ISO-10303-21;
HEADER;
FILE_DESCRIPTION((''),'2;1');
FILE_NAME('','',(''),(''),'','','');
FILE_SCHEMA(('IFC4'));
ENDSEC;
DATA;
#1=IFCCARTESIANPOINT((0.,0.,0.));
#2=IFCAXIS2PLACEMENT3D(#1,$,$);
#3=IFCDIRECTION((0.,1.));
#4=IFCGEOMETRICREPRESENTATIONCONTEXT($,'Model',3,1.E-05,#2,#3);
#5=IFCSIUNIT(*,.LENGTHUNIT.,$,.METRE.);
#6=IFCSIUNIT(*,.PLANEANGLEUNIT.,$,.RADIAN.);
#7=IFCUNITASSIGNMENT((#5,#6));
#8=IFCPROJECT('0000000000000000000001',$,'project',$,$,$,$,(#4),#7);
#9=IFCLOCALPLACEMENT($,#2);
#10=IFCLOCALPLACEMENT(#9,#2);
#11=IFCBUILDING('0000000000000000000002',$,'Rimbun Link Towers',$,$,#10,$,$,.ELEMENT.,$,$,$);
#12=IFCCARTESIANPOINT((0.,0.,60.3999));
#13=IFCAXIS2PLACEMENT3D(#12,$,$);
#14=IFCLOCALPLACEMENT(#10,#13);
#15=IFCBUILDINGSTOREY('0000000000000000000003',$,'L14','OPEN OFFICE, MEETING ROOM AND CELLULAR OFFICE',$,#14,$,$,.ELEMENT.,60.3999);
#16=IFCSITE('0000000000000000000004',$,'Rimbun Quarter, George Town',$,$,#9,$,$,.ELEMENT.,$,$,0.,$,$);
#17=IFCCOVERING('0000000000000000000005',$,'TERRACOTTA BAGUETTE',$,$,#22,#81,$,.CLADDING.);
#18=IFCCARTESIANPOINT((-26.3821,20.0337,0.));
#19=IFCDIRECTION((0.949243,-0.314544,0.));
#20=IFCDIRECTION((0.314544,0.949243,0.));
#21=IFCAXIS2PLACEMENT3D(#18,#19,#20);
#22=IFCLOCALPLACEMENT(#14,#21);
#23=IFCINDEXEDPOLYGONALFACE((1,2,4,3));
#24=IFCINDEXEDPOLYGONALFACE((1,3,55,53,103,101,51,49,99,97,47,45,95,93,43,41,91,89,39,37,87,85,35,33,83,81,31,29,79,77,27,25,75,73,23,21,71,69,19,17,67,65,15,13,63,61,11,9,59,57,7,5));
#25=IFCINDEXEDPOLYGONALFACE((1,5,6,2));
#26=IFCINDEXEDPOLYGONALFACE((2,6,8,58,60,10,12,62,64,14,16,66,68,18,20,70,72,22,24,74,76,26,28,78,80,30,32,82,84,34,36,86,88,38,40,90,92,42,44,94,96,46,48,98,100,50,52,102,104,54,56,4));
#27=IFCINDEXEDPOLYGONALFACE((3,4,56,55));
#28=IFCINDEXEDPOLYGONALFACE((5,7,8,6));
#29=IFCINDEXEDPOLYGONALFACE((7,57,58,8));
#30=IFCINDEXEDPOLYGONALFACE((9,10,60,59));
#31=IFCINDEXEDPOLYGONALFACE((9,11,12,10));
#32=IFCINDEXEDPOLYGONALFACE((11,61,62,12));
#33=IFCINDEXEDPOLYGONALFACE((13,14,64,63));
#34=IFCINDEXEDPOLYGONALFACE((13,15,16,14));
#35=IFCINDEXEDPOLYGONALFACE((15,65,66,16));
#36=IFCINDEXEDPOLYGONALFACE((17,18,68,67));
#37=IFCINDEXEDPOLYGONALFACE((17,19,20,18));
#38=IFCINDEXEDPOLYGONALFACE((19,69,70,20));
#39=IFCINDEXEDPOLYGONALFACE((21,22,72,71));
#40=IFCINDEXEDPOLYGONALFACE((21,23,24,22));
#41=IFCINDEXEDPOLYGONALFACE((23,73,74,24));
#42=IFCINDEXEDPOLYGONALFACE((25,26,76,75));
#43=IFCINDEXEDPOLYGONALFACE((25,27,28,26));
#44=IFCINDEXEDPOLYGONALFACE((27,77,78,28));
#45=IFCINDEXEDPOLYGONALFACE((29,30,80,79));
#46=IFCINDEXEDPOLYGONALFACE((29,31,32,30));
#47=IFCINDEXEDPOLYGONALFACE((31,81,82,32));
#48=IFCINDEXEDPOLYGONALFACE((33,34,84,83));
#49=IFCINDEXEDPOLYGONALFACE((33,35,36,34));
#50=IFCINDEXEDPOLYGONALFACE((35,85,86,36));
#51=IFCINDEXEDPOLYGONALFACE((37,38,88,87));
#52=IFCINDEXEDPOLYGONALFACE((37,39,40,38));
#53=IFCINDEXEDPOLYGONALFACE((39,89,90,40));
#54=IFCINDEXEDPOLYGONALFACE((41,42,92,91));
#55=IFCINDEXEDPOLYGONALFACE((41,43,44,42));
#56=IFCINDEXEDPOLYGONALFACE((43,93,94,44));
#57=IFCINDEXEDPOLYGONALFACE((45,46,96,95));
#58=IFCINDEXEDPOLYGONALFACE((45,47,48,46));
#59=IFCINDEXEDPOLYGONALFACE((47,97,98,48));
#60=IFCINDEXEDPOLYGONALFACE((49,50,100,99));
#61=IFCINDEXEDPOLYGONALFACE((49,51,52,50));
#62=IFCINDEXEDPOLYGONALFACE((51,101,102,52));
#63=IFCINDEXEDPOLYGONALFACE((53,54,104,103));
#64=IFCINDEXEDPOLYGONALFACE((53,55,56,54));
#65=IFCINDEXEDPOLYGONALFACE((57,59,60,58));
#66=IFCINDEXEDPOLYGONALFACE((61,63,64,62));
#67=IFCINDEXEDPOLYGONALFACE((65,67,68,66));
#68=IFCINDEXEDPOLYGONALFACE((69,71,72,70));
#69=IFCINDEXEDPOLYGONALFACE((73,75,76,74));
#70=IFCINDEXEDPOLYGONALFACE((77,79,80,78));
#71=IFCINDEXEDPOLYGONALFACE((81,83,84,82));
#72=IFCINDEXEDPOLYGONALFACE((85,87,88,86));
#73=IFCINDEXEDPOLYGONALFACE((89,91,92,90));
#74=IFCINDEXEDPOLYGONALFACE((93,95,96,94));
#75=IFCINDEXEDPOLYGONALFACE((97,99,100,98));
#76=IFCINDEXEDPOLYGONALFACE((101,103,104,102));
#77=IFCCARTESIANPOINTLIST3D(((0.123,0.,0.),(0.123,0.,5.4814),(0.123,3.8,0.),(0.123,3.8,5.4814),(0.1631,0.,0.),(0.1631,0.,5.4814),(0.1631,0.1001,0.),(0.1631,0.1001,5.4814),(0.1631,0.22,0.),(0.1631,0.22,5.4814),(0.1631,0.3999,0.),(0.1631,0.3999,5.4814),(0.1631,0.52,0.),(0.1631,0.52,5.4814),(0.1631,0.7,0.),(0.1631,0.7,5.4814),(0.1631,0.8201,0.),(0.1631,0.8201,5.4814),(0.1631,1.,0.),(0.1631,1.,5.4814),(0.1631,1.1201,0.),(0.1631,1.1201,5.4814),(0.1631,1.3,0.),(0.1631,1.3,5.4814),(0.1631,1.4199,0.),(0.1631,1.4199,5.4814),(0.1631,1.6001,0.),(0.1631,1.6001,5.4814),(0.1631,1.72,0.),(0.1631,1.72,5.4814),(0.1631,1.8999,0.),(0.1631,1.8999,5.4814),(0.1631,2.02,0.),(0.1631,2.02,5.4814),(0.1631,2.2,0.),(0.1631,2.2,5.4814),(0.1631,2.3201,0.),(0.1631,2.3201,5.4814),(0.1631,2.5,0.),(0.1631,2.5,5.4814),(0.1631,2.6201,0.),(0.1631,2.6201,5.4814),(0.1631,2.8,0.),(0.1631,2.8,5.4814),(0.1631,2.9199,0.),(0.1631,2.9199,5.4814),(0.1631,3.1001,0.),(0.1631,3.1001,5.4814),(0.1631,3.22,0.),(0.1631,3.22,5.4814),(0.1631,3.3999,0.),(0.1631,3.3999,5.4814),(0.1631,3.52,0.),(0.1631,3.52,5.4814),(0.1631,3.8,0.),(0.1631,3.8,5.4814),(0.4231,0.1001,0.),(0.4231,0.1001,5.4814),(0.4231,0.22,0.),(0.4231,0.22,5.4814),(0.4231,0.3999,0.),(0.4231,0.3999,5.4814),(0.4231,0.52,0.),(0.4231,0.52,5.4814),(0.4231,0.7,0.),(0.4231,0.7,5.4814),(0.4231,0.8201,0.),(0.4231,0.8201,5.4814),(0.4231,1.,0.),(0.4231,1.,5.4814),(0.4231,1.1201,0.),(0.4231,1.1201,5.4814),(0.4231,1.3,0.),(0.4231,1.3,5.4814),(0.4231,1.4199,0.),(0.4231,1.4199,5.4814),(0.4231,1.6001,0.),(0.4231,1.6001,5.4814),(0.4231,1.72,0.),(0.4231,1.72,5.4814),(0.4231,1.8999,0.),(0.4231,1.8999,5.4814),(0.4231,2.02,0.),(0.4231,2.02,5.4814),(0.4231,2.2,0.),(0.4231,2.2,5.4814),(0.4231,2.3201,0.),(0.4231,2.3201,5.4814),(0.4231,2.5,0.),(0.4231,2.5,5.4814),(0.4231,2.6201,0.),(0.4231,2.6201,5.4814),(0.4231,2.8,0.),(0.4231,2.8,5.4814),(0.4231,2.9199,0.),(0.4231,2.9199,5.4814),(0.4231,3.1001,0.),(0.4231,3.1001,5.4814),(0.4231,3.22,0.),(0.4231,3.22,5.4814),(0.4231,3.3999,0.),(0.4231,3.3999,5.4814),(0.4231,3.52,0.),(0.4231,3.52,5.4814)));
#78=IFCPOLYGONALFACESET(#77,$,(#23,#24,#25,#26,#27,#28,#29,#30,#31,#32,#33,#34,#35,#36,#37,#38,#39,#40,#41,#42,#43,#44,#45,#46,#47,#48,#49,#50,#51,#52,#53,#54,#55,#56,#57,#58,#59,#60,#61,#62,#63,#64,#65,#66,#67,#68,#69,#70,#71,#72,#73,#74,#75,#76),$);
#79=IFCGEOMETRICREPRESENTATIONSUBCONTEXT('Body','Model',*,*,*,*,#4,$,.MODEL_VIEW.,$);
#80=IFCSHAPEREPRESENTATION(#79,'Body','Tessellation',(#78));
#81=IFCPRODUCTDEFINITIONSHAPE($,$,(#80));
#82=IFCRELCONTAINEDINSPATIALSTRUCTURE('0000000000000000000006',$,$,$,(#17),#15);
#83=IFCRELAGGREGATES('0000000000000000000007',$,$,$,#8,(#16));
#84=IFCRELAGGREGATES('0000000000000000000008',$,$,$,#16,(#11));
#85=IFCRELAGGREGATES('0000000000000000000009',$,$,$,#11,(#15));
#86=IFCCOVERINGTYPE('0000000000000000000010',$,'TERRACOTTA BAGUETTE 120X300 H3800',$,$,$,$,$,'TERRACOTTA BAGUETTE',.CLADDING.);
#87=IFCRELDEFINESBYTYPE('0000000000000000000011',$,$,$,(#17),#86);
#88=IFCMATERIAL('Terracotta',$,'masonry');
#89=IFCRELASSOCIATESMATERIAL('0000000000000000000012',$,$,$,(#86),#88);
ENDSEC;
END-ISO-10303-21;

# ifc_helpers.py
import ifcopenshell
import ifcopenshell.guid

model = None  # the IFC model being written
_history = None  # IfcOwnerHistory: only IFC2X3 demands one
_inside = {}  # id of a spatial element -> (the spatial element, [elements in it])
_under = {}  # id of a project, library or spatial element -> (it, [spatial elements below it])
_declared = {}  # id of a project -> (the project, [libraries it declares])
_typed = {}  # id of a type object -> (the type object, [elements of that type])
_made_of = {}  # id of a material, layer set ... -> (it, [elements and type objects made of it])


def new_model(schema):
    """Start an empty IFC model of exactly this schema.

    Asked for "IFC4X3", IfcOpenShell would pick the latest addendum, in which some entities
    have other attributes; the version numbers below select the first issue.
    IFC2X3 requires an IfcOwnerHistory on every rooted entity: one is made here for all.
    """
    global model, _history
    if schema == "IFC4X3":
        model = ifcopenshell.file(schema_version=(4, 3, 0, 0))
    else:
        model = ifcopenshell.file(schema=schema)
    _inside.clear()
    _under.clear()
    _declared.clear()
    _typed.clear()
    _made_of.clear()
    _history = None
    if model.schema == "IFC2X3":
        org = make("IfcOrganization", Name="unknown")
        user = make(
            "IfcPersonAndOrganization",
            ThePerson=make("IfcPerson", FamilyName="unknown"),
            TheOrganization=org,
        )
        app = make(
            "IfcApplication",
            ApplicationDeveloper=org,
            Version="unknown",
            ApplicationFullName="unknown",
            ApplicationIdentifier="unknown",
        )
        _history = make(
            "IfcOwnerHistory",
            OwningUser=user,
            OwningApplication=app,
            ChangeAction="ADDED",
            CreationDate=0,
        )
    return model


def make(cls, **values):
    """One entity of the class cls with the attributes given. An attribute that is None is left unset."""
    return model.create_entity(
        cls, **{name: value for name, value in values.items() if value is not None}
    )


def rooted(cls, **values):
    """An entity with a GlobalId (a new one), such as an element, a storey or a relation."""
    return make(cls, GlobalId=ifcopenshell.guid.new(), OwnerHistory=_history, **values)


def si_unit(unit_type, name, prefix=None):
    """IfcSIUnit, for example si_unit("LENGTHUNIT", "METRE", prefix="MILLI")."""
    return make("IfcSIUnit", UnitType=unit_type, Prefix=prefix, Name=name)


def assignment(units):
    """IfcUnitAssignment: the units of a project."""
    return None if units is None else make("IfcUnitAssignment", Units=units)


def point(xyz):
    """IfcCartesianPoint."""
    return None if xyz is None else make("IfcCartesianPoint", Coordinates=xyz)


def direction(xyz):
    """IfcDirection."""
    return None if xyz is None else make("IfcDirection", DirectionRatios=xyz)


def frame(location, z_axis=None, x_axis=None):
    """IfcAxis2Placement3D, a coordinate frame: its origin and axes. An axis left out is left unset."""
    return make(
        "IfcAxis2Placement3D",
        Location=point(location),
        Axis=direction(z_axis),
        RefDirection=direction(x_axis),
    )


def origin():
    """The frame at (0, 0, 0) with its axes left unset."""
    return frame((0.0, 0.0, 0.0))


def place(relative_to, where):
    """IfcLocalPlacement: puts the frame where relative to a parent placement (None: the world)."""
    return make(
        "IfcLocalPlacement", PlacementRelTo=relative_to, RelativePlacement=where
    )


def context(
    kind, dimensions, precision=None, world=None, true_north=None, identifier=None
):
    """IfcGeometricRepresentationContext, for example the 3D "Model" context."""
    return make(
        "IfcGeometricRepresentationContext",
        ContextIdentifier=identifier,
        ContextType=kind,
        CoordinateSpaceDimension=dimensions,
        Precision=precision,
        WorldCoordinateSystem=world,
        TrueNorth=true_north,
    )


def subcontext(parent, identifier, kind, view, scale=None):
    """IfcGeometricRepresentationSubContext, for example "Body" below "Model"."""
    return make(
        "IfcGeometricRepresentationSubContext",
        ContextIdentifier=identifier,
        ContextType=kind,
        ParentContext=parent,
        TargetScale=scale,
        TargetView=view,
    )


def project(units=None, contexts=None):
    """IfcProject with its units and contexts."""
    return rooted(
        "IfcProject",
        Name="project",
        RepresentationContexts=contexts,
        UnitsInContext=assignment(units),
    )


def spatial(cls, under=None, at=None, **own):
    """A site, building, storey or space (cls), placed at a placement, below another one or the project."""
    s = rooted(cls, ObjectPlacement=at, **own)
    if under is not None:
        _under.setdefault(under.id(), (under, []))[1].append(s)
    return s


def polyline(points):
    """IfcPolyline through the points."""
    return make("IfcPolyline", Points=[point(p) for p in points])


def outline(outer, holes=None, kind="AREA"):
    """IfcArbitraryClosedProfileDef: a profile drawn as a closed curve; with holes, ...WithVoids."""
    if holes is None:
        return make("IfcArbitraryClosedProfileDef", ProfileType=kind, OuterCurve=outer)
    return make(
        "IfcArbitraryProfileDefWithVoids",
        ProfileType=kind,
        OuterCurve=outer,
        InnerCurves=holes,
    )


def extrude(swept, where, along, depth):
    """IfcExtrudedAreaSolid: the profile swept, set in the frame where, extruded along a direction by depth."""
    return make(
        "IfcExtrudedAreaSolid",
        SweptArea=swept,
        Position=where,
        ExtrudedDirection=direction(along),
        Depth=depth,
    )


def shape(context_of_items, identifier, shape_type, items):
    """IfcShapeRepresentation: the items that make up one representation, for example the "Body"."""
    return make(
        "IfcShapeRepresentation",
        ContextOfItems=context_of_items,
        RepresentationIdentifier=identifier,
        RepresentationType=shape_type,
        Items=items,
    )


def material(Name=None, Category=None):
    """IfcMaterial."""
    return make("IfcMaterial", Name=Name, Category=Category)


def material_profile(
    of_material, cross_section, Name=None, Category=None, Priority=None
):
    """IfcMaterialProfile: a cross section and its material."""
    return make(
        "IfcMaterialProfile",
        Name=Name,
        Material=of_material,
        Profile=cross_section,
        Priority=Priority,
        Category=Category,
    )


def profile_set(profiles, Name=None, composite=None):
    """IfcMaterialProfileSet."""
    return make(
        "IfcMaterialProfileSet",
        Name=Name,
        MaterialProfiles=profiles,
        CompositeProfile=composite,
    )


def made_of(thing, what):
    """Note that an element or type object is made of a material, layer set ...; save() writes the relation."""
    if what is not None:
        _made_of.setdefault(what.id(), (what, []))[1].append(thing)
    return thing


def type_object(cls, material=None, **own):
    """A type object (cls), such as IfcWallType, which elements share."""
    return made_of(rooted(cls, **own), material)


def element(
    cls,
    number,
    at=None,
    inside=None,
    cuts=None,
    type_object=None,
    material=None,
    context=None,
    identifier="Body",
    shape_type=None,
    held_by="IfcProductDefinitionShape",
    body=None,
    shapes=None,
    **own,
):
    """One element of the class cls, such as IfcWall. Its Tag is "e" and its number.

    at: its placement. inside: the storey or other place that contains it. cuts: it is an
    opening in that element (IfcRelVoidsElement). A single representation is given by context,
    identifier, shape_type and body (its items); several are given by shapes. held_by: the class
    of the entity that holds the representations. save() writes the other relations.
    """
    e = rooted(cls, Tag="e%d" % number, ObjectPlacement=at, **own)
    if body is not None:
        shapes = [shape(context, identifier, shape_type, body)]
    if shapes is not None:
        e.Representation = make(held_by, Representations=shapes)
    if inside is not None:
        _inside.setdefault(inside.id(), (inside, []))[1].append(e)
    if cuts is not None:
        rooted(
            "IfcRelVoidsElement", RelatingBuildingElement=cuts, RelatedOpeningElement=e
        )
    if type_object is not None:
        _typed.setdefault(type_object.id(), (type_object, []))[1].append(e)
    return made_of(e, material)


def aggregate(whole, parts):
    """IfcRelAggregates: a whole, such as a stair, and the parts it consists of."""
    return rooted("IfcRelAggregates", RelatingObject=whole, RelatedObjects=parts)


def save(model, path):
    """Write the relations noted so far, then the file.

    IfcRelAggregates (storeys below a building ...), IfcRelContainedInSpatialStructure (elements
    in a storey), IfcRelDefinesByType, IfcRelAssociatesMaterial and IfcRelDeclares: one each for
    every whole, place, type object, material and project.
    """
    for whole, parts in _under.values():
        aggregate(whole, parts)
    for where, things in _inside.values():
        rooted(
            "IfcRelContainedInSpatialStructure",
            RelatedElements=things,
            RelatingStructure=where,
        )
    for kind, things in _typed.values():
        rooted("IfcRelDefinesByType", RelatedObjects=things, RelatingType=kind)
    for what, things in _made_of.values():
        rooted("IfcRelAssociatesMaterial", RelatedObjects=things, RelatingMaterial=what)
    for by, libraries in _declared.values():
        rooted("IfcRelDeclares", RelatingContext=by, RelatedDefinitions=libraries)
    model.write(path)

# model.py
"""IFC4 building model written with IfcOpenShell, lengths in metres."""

from ifc_helpers import new_model, si_unit, direction, frame, origin, place, context, subcontext, project, spatial, polyline, outline, extrude, material, material_profile, profile_set, type_object, element, save


model = new_model("IFC4")

# Units and contexts
model_context = context("Model", 3, precision=1e-05, world=origin(), true_north=direction((0.0, 1.0)))
body_context = subcontext(model_context, "Body", "Model", "MODEL_VIEW")
ifc_project = project(units=[si_unit("LENGTHUNIT", "METRE"), si_unit("PLANEANGLEUNIT", "RADIAN")], contexts=[model_context])

# Site, building, storey
site_placement = place(None, origin())
site = spatial("IfcSite", under=ifc_project, at=site_placement, Name="Rimbun Quarter, George Town", CompositionType="ELEMENT", RefElevation=0.0)
building_placement = place(site_placement, origin())
building = spatial("IfcBuilding", under=site, at=building_placement, Name="Rimbun Link Towers", CompositionType="ELEMENT")
storey_placement = place(building_placement, frame((0.0, 0.0, 60.3999)))
storey = spatial("IfcBuildingStorey", under=building, at=storey_placement, Name="L14", Description="OPEN OFFICE, MEETING ROOM AND CELLULAR OFFICE", CompositionType="ELEMENT", Elevation=60.3999)

# Covering
ifc_material_1 = material(Name="Terracotta", Category="masonry")
ifc_material_profile_1 = material_profile(ifc_material_1, outline(polyline([(0.123, 0.0), (0.1631, 0.0), (0.1631, 0.1001), (0.4231, 0.1001), (0.4231, 0.22), (0.1631, 0.22), (0.1631, 0.3999), (0.4231, 0.3999), (0.4231, 0.52), (0.1631, 0.52), (0.1631, 0.7), (0.4231, 0.7), (0.4231, 0.8201), (0.1631, 0.8201), (0.1631, 1.0), (0.4231, 1.0), (0.4231, 1.1201), (0.1631, 1.1201), (0.1631, 1.3), (0.4231, 1.3), (0.4231, 1.4199), (0.1631, 1.4199), (0.1631, 1.6001), (0.4231, 1.6001), (0.4231, 1.72), (0.1631, 1.72), (0.1631, 1.8999), (0.4231, 1.8999), (0.4231, 2.02), (0.1631, 2.02), (0.1631, 2.2), (0.4231, 2.2), (0.4231, 2.3201), (0.1631, 2.3201), (0.1631, 2.5), (0.4231, 2.5), (0.4231, 2.6201), (0.1631, 2.6201), (0.1631, 2.8), (0.4231, 2.8), (0.4231, 2.9199), (0.1631, 2.9199), (0.1631, 3.1001), (0.4231, 3.1001), (0.4231, 3.22), (0.1631, 3.22), (0.1631, 3.3999), (0.4231, 3.3999), (0.4231, 3.52), (0.1631, 3.52), (0.1631, 3.8), (0.123, 3.8), (0.123, 0.0)])), Name="BAGUETTE 120X300")
ifc_profile_set_1 = profile_set([ifc_material_profile_1], Name="Terracotta")
covering_type = type_object("IfcCoveringType", Name="TERRACOTTA BAGUETTE 120X300 H3800", ElementType="TERRACOTTA BAGUETTE", PredefinedType="CLADDING", material=ifc_profile_set_1)
covering_1_placement = place(storey_placement, frame((-26.3821, 20.0337, 0.0), z_axis=(0.949243, -0.314544, 0.0), x_axis=(0.314544, 0.949243, 0.0)))
element("IfcCovering", 1, at=covering_1_placement, inside=storey, type_object=covering_type, Name="TERRACOTTA BAGUETTE", PredefinedType="CLADDING", context=body_context, shape_type="SweptSolid", body=[
    extrude(outline(polyline([(0.123, 0.0), (0.1631, 0.0), (0.1631, 0.1001), (0.4231, 0.1001), (0.4231, 0.22), (0.1631, 0.22), (0.1631, 0.3999), (0.4231, 0.3999), (0.4231, 0.52), (0.1631, 0.52), (0.1631, 0.7), (0.4231, 0.7), (0.4231, 0.8201), (0.1631, 0.8201), (0.1631, 1.0), (0.4231, 1.0), (0.4231, 1.1201), (0.1631, 1.1201), (0.1631, 1.3), (0.4231, 1.3), (0.4231, 1.4199), (0.1631, 1.4199), (0.1631, 1.6001), (0.4231, 1.6001), (0.4231, 1.72), (0.1631, 1.72), (0.1631, 1.8999), (0.4231, 1.8999), (0.4231, 2.02), (0.1631, 2.02), (0.1631, 2.2), (0.4231, 2.2), (0.4231, 2.3201), (0.1631, 2.3201), (0.1631, 2.5), (0.4231, 2.5), (0.4231, 2.6201), (0.1631, 2.6201), (0.1631, 2.8), (0.4231, 2.8), (0.4231, 2.9199), (0.1631, 2.9199), (0.1631, 3.1001), (0.4231, 3.1001), (0.4231, 3.22), (0.1631, 3.22), (0.1631, 3.3999), (0.4231, 3.3999), (0.4231, 3.52), (0.1631, 3.52), (0.1631, 3.8), (0.123, 3.8), (0.123, 0.0)])), origin(), (0.0, 0.0, 1.0), 5.4814),
])

save(model, "model.ifc")
